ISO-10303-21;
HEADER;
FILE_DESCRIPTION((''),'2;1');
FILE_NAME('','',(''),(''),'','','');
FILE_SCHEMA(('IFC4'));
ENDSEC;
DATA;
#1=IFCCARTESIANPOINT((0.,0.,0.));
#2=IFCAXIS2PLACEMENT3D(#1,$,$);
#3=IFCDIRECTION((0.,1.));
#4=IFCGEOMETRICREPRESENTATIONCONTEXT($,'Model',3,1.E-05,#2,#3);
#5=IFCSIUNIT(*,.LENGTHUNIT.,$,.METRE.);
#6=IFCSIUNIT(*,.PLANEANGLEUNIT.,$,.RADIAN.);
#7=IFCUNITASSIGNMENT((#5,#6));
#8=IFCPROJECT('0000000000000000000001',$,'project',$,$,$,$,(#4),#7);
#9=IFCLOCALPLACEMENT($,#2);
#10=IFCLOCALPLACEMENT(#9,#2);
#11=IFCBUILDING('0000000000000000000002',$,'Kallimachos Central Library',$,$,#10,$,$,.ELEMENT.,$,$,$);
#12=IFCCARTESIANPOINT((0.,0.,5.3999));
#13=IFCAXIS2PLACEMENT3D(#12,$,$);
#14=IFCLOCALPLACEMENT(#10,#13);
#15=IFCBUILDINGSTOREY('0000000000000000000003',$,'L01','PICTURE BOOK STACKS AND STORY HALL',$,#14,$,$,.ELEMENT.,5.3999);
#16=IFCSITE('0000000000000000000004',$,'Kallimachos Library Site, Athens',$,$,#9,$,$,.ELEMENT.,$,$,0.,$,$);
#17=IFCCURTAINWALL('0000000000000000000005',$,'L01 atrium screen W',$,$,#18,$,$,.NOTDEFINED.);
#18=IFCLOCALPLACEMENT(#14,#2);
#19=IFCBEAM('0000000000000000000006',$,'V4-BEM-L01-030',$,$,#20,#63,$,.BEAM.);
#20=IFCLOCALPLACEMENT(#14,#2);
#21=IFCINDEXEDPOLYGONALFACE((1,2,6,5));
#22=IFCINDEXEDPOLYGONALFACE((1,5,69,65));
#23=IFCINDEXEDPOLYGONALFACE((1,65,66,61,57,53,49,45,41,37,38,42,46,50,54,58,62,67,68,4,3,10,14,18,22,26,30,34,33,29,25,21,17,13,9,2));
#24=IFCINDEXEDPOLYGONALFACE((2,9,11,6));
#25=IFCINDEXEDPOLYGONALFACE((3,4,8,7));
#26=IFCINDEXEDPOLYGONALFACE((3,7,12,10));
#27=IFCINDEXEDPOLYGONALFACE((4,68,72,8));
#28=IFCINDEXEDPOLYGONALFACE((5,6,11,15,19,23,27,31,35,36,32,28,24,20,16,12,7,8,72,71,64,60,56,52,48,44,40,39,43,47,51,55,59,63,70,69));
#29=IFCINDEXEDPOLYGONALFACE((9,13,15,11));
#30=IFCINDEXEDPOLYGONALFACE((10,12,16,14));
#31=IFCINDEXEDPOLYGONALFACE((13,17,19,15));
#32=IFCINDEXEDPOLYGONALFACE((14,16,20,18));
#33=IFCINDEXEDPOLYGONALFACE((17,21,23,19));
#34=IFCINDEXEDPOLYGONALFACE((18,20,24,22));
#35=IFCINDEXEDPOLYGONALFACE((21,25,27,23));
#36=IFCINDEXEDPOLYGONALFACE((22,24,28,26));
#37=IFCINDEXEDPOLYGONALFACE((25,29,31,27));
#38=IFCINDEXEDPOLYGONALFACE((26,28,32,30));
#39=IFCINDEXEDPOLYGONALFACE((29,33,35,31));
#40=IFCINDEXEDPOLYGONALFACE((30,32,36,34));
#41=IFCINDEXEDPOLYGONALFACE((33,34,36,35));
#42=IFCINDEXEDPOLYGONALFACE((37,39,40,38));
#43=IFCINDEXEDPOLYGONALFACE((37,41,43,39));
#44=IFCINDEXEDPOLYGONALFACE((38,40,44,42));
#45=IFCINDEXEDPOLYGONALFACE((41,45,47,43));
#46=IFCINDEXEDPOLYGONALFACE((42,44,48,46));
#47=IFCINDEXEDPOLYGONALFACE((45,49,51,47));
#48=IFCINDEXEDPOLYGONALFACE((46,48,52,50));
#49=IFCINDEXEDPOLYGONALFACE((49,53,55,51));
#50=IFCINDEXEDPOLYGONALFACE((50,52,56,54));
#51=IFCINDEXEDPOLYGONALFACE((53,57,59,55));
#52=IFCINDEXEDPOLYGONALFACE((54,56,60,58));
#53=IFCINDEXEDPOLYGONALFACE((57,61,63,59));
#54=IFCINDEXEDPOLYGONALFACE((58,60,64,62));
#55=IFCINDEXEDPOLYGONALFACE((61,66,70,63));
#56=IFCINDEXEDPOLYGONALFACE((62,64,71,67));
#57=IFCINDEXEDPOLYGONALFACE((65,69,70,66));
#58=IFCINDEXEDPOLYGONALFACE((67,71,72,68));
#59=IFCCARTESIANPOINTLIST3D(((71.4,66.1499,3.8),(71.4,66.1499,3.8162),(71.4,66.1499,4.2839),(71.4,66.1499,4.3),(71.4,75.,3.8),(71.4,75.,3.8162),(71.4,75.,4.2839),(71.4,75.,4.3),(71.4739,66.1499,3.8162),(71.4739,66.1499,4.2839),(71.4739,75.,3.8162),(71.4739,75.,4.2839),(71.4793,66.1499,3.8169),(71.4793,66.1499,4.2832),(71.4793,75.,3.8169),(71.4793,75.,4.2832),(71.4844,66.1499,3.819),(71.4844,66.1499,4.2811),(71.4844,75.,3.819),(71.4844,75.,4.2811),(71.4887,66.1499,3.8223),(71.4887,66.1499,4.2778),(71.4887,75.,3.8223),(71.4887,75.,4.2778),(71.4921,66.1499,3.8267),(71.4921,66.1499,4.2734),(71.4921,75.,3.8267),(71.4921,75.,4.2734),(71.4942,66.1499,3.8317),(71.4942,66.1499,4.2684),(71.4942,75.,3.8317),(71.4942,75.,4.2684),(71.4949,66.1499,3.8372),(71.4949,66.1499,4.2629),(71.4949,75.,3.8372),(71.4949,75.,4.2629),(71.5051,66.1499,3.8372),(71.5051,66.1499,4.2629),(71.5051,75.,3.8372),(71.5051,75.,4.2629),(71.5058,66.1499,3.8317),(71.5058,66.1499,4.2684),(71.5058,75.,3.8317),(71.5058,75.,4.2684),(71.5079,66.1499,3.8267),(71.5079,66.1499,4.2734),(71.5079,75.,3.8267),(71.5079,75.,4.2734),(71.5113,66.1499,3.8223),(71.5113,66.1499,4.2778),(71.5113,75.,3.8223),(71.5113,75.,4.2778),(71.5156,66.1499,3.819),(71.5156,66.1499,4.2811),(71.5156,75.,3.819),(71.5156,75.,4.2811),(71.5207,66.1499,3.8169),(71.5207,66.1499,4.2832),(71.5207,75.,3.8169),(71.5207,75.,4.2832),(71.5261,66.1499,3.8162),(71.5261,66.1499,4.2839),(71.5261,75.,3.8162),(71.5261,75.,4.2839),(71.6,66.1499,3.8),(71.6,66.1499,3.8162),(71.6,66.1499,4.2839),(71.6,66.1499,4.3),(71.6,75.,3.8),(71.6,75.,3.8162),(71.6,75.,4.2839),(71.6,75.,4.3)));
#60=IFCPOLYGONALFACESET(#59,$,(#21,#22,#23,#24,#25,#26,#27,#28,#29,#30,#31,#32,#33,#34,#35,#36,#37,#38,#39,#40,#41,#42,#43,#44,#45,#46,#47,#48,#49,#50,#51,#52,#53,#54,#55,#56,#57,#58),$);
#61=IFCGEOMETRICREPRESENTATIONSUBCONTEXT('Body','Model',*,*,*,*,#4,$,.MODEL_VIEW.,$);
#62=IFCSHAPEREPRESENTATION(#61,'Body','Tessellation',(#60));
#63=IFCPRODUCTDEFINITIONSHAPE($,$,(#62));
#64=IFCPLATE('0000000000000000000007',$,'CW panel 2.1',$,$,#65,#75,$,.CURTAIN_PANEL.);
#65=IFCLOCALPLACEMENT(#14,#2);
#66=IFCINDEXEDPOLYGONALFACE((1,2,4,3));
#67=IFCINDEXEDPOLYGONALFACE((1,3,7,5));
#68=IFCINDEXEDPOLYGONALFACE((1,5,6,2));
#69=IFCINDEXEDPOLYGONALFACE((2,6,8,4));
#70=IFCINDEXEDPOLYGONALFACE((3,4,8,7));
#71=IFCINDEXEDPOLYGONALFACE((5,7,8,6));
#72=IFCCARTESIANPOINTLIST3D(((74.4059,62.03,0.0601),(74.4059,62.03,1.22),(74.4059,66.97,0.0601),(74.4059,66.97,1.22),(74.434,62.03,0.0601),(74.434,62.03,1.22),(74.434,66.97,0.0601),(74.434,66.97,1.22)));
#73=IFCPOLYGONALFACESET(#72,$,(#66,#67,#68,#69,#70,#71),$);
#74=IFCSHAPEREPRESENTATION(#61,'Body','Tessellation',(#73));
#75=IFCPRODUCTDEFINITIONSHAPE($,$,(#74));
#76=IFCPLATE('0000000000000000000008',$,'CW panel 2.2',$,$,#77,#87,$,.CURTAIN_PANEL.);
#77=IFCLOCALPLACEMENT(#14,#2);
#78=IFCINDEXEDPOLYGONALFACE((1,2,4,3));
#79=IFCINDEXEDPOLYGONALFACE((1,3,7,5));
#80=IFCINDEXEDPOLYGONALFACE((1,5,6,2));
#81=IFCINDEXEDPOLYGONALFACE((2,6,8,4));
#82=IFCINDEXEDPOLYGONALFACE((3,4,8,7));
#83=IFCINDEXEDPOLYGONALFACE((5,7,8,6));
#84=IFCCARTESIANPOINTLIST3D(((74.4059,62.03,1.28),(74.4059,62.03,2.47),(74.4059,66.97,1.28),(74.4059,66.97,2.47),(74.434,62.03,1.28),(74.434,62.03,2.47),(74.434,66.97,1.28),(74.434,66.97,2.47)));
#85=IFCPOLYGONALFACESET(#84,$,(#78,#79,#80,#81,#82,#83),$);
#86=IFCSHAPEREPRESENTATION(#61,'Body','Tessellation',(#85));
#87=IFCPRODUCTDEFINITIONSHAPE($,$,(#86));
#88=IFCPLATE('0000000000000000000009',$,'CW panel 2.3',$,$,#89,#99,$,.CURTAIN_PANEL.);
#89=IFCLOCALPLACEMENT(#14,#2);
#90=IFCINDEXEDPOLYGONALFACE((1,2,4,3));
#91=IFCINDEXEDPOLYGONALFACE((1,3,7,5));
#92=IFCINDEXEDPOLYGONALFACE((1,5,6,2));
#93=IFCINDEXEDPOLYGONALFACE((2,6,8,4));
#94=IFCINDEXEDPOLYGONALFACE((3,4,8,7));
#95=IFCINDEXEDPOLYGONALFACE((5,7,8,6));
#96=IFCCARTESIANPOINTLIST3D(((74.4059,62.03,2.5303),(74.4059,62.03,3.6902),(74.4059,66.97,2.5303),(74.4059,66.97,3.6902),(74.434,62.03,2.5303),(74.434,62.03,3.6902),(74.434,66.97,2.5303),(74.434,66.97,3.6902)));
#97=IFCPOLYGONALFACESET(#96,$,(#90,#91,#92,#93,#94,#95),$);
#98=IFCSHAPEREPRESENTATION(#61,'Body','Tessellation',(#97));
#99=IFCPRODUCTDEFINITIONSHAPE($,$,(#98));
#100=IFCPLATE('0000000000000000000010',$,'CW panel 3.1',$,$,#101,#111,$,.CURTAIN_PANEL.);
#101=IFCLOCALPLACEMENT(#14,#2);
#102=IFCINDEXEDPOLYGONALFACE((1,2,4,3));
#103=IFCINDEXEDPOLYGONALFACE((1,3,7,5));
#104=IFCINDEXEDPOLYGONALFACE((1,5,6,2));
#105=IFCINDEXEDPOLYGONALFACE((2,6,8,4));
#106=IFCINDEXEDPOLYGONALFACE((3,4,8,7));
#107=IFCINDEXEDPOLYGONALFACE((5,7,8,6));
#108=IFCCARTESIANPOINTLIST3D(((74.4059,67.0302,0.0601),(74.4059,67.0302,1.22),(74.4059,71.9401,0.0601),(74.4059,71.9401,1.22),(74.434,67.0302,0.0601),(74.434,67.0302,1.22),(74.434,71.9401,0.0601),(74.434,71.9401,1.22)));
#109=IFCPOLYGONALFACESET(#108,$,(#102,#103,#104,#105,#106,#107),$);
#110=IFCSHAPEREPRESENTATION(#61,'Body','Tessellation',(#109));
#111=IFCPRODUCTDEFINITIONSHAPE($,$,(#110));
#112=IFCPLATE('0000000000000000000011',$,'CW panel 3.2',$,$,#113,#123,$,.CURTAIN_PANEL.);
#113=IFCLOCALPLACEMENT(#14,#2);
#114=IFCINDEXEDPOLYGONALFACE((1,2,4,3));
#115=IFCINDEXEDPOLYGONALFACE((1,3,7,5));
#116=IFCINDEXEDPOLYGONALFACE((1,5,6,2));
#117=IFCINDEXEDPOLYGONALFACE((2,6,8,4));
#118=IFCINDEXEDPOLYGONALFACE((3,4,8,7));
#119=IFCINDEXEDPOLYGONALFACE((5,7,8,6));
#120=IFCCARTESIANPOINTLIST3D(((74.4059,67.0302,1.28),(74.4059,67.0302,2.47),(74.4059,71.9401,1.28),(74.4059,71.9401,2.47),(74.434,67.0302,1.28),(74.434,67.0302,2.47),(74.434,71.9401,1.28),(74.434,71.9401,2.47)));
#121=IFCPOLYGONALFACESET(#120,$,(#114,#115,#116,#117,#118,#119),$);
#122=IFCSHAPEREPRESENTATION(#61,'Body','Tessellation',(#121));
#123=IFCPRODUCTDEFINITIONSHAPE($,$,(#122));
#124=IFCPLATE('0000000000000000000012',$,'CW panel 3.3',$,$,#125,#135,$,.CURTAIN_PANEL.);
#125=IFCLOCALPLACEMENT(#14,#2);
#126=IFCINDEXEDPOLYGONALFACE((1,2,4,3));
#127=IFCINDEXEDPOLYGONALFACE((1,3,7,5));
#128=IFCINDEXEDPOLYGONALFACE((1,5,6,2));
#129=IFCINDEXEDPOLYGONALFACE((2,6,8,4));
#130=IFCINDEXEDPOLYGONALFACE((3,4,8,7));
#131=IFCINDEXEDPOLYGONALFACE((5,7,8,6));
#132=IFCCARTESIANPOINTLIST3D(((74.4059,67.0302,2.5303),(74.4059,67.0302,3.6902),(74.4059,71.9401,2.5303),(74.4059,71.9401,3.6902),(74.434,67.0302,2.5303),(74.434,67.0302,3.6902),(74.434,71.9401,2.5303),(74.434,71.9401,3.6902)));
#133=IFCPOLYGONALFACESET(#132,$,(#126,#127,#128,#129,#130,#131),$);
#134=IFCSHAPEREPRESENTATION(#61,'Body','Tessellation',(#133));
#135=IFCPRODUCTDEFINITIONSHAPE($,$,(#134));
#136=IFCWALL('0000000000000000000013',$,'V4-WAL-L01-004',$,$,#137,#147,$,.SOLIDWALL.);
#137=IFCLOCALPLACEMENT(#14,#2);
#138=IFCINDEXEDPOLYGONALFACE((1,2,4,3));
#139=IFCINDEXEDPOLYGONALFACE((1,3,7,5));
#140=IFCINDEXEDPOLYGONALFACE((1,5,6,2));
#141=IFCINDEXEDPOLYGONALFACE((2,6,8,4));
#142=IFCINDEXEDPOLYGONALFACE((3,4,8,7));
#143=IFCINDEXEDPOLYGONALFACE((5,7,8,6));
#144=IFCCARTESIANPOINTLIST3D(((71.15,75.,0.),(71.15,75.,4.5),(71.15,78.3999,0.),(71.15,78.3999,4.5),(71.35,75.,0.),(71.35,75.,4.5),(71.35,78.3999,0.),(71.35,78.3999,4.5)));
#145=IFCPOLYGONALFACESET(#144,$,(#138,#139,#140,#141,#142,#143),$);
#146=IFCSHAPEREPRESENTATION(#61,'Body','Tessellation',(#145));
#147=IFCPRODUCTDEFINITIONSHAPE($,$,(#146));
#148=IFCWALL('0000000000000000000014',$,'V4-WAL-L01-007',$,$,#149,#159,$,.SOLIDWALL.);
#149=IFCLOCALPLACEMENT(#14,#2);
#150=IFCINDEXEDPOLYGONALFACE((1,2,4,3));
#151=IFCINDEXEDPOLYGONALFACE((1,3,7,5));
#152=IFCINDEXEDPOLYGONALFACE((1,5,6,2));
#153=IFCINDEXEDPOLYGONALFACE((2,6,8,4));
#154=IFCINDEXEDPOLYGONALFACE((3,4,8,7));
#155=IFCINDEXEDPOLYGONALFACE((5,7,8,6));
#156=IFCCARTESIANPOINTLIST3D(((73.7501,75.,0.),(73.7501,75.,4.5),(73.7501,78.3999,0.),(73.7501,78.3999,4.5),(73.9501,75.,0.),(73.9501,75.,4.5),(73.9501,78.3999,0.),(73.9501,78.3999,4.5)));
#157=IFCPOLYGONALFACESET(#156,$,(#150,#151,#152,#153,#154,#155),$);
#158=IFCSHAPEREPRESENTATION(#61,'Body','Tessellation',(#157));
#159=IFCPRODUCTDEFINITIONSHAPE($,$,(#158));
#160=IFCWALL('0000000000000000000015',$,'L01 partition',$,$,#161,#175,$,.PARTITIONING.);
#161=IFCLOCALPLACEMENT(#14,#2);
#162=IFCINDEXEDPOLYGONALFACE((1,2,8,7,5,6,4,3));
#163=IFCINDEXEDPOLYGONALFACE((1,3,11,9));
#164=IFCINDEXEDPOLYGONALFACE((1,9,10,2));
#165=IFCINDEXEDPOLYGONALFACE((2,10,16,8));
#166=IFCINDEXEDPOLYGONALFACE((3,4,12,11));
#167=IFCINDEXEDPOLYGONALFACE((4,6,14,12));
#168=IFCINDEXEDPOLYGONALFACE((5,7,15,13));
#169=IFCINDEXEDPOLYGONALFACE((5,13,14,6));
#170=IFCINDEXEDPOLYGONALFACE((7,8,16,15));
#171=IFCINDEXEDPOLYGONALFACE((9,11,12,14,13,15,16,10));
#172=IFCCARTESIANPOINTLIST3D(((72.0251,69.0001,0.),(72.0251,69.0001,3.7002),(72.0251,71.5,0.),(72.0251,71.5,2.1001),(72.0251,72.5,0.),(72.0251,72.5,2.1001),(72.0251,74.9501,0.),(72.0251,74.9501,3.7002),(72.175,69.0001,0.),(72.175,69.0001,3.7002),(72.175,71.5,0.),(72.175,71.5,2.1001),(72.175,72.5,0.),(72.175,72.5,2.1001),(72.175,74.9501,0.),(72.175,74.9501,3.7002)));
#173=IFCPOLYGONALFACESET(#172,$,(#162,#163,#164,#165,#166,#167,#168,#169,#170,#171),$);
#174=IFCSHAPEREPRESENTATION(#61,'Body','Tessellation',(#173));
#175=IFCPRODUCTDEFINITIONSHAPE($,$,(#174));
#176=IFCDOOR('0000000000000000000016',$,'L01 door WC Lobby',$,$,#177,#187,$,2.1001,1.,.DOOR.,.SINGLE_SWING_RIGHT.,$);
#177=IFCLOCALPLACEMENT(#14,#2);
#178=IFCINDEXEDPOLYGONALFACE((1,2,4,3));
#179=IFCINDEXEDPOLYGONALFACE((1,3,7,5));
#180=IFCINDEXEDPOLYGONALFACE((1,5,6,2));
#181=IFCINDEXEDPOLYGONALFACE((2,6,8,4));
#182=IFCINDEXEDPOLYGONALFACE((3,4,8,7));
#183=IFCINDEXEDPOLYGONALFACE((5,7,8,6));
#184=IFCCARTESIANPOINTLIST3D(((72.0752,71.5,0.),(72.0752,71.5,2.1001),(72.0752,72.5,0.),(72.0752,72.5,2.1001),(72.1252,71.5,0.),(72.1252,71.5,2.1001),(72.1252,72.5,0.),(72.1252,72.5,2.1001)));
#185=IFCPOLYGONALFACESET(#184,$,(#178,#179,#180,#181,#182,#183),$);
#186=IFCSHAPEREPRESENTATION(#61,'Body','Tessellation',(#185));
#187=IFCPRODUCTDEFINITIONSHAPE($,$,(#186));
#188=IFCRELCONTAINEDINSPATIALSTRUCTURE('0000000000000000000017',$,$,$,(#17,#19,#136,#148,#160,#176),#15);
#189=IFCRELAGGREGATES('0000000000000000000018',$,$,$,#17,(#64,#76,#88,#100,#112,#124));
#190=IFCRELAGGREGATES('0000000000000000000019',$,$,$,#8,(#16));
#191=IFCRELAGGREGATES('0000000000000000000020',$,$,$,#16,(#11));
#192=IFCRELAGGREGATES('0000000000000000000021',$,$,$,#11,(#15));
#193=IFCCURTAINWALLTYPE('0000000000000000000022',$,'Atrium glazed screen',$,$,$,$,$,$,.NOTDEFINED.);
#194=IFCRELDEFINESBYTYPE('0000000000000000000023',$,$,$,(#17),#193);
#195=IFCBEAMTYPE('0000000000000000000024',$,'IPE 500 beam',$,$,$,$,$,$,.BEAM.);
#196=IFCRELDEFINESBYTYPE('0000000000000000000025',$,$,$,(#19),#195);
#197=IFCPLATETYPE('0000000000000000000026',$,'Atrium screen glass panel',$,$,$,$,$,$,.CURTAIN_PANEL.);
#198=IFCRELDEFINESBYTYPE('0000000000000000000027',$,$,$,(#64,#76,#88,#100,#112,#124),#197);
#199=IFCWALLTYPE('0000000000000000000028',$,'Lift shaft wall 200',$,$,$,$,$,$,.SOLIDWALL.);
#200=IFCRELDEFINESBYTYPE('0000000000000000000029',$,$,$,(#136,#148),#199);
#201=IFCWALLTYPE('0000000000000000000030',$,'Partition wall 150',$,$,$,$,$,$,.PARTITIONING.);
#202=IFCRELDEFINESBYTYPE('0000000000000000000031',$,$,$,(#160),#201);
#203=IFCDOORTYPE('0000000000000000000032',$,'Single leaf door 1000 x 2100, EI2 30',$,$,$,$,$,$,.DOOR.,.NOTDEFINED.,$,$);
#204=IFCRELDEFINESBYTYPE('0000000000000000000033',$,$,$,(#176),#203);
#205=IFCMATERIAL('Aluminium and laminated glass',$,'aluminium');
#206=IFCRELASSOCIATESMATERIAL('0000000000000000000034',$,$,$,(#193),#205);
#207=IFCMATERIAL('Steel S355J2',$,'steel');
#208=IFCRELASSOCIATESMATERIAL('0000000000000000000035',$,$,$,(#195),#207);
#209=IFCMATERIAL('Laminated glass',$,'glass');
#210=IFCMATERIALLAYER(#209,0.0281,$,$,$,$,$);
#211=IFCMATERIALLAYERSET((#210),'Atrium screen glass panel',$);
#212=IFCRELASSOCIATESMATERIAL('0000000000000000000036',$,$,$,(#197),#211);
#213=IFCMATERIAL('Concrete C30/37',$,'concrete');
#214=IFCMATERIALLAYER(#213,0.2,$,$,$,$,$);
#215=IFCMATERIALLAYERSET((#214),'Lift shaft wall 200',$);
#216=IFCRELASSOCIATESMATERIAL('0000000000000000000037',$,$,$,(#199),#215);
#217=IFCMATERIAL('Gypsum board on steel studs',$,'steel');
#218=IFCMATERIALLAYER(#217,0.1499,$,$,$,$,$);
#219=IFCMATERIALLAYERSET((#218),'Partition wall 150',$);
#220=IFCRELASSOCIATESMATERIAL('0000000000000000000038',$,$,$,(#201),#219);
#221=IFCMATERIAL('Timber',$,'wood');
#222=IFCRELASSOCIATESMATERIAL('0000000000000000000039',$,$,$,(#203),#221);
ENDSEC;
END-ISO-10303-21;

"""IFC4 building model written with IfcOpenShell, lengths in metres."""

from ifc_helpers import new_model, si_unit, direction, frame, frame_2d, origin, origin_2d, place, context, subcontext, project, spatial, rectangle, i_section, extrude, material, layer, layer_set, material_profile, profile_set, type_object, element, fill, aggregate, save


model = new_model("IFC4")

# Units and contexts
model_context = context("Model", 3, precision=1e-05, world=origin(), true_north=direction((0.0, 1.0)))
body_context = subcontext(model_context, "Body", "Model", "MODEL_VIEW")
ifc_project = project(units=[si_unit("LENGTHUNIT", "METRE"), si_unit("PLANEANGLEUNIT", "RADIAN")], contexts=[model_context])

# Site, building, storey
site_placement = place(None, origin())
site = spatial("IfcSite", under=ifc_project, at=site_placement, Name="Kallimachos Library Site, Athens", CompositionType="ELEMENT", RefElevation=0.0)
building_placement = place(site_placement, origin())
building = spatial("IfcBuilding", under=site, at=building_placement, Name="Kallimachos Central Library", CompositionType="ELEMENT")
storey_placement = place(building_placement, frame((0.0, 0.0, 5.3999)))
storey = spatial("IfcBuildingStorey", under=building, at=storey_placement, Name="L01", Description="PICTURE BOOK STACKS AND STORY HALL", CompositionType="ELEMENT", Elevation=5.3999)

# Curtain wall
ifc_material_1 = material(Name="Aluminium and laminated glass", Category="aluminium")
curtain_wall_type = type_object("IfcCurtainWallType", Name="Atrium glazed screen", PredefinedType="NOTDEFINED", material=ifc_material_1)
curtain_wall_placement = place(storey_placement, origin())
curtain_wall = element("IfcCurtainWall", 1, at=curtain_wall_placement, inside=storey, type_object=curtain_wall_type, Name="L01 atrium screen W", PredefinedType="NOTDEFINED")

# Beam
ifc_material_2 = material(Name="Steel S355J2", Category="steel")
ifc_material_profile_1 = material_profile(ifc_material_2, i_section(OverallWidth=0.2, OverallDepth=0.5, WebThickness=0.0103, FlangeThickness=0.0161, FilletRadius=0.021, at=origin_2d()), Name="IPE 500")
ifc_profile_set_1 = profile_set([ifc_material_profile_1], Name="Steel S355J2")
beam_type_1 = type_object("IfcBeamType", Name="IPE 500 beam", PredefinedType="BEAM", material=ifc_profile_set_1)
beam_1_placement = place(storey_placement, frame((71.5, 66.1499, 4.05), z_axis=(0.0, 1.0, 0.0), x_axis=(-1.0, 0.0, 0.0)))
element("IfcBeam", 2, at=beam_1_placement, inside=storey, type_object=beam_type_1, Name="V4-BEM-L01-030", PredefinedType="BEAM", context=body_context, shape_type="SweptSolid", body=[
    extrude(i_section(OverallWidth=0.2, OverallDepth=0.5, WebThickness=0.0103, FlangeThickness=0.0161, FilletRadius=0.021, at=origin_2d()), origin(), (0.0, 0.0, 1.0), 8.8501),
])

# Plates
ifc_material_3 = material(Name="Laminated glass", Category="glass")
ifc_layer_1 = layer(ifc_material_3, 0.0281)
ifc_layer_set_1 = layer_set([ifc_layer_1], Name="Atrium screen glass panel")
plate_type = type_object("IfcPlateType", Name="Atrium screen glass panel", PredefinedType="CURTAIN_PANEL", material=ifc_layer_set_1)
plate_1_placement = place(storey_placement, frame((74.4199, 64.5, 0.0601), z_axis=(0.0, 0.0, 1.0), x_axis=(0.0, 1.0, 0.0)))
plate_1 = element("IfcPlate", 3, at=plate_1_placement, type_object=plate_type, Name="CW panel 2.1", PredefinedType="CURTAIN_PANEL", context=body_context, shape_type="SweptSolid", body=[
    extrude(rectangle(XDim=4.9399, YDim=0.0281, at=origin_2d()), origin(), (0.0, 0.0, 1.0), 1.1599),
])
plate_2_placement = place(storey_placement, frame((74.4199, 64.5, 1.28), z_axis=(0.0, 0.0, 1.0), x_axis=(0.0, 1.0, 0.0)))
plate_2 = element("IfcPlate", 4, at=plate_2_placement, type_object=plate_type, Name="CW panel 2.2", PredefinedType="CURTAIN_PANEL", context=body_context, shape_type="SweptSolid", body=[
    extrude(rectangle(XDim=4.9399, YDim=0.0281, at=origin_2d()), origin(), (0.0, 0.0, 1.0), 1.1899),
])
plate_3_placement = place(storey_placement, frame((74.4199, 64.5, 2.5303), z_axis=(0.0, 0.0, 1.0), x_axis=(0.0, 1.0, 0.0)))
plate_3 = element("IfcPlate", 5, at=plate_3_placement, type_object=plate_type, Name="CW panel 2.3", PredefinedType="CURTAIN_PANEL", context=body_context, shape_type="SweptSolid", body=[
    extrude(rectangle(XDim=4.9399, YDim=0.0281, at=origin_2d()), origin(), (0.0, 0.0, 1.0), 1.1599),
])
plate_4_placement = place(storey_placement, frame((74.4199, 69.4851, 0.0601), z_axis=(0.0, 0.0, 1.0), x_axis=(0.0, 1.0, 0.0)))
plate_4 = element("IfcPlate", 6, at=plate_4_placement, type_object=plate_type, Name="CW panel 3.1", PredefinedType="CURTAIN_PANEL", context=body_context, shape_type="SweptSolid", body=[
    extrude(rectangle(XDim=4.9099, YDim=0.0281, at=origin_2d()), origin(), (0.0, 0.0, 1.0), 1.1599),
])
plate_5_placement = place(storey_placement, frame((74.4199, 69.4851, 1.28), z_axis=(0.0, 0.0, 1.0), x_axis=(0.0, 1.0, 0.0)))
plate_5 = element("IfcPlate", 7, at=plate_5_placement, type_object=plate_type, Name="CW panel 3.2", PredefinedType="CURTAIN_PANEL", context=body_context, shape_type="SweptSolid", body=[
    extrude(rectangle(XDim=4.9099, YDim=0.0281, at=origin_2d()), origin(), (0.0, 0.0, 1.0), 1.1899),
])
plate_6_placement = place(storey_placement, frame((74.4199, 69.4851, 2.5303), z_axis=(0.0, 0.0, 1.0), x_axis=(0.0, 1.0, 0.0)))
plate_6 = element("IfcPlate", 8, at=plate_6_placement, type_object=plate_type, Name="CW panel 3.3", PredefinedType="CURTAIN_PANEL", context=body_context, shape_type="SweptSolid", body=[
    extrude(rectangle(XDim=4.9099, YDim=0.0281, at=origin_2d()), origin(), (0.0, 0.0, 1.0), 1.1599),
])
aggregate(curtain_wall, [plate_1, plate_2, plate_3, plate_4, plate_5, plate_6])

# Walls
ifc_material_4 = material(Name="Concrete C30/37", Category="concrete")
ifc_layer_2 = layer(ifc_material_4, 0.2)
ifc_layer_set_2 = layer_set([ifc_layer_2], Name="Lift shaft wall 200")
wall_type_1 = type_object("IfcWallType", Name="Lift shaft wall 200", PredefinedType="SOLIDWALL", material=ifc_layer_set_2)
for number, where, z_axis, x_axis, name in (
    (9, (71.25, 75.0, 0.0), (0.0, 0.0, 1.0), (0.0, 1.0, 0.0), "V4-WAL-L01-004"),
    (10, (73.8501, 75.0, 0.0), (0.0, 0.0, 1.0), (0.0, 1.0, 0.0), "V4-WAL-L01-007"),
):
    element("IfcWall", number, at=place(storey_placement, frame(where, z_axis=z_axis, x_axis=x_axis)), inside=storey, type_object=wall_type_1, Name=name, PredefinedType="SOLIDWALL", context=body_context, shape_type="SweptSolid", body=[
        extrude(rectangle(XDim=3.3999, YDim=0.2, at=frame_2d((1.7, 0.0))), origin(), (0.0, 0.0, 1.0), 4.5),
    ])

# Wall, opening, door
ifc_material_5 = material(Name="Gypsum board on steel studs", Category="steel")
ifc_layer_3 = layer(ifc_material_5, 0.1499)
ifc_layer_set_3 = layer_set([ifc_layer_3], Name="Partition wall 150")
wall_type_2 = type_object("IfcWallType", Name="Partition wall 150", PredefinedType="PARTITIONING", material=ifc_layer_set_3)
wall_placement = place(storey_placement, frame((72.1001, 69.0, 0.0), z_axis=(0.0, 0.0, 1.0), x_axis=(0.0, 1.0, 0.0)))
wall = element("IfcWall", 11, at=wall_placement, inside=storey, type_object=wall_type_2, Name="L01 partition", PredefinedType="PARTITIONING", context=body_context, shape_type="SweptSolid", body=[
    extrude(rectangle(XDim=5.95, YDim=0.1499, at=frame_2d((2.9751, 0.0))), origin(), (0.0, 0.0, 1.0), 3.7002),
])
opening_placement = place(wall_placement, frame((2.5, 0.0, 0.0)))
opening = element("IfcOpeningElement", 12, at=opening_placement, cuts=wall, PredefinedType="OPENING", context=body_context, shape_type="SweptSolid", body=[
    extrude(rectangle(XDim=1.0, YDim=2.1001, at=frame_2d((0.5, 1.05))), frame((0.0, 0.085, 0.0), z_axis=(0.0, -1.0, 0.0), x_axis=(1.0, 0.0, 0.0)), (0.0, 0.0, 1.0), 0.1699),
])
ifc_material_6 = material(Name="Timber", Category="wood")
door_type = type_object("IfcDoorType", Name="Single leaf door 1000 x 2100, EI2 30", OperationType="NOTDEFINED", PredefinedType="DOOR", material=ifc_material_6)
door_placement = place(opening_placement, origin())
door = element("IfcDoor", 13, at=door_placement, inside=storey, type_object=door_type, Name="L01 door WC Lobby", OperationType="SINGLE_SWING_RIGHT", OverallHeight=2.1001, OverallWidth=1.0, PredefinedType="DOOR", context=body_context, shape_type="SweptSolid", body=[
    extrude(rectangle(XDim=1.0, YDim=2.1001, at=frame_2d((0.5, 1.05))), frame((0.0, 0.0249, 0.0), z_axis=(0.0, -1.0, 0.0), x_axis=(1.0, 0.0, 0.0)), (0.0, 0.0, 1.0), 0.05),
])
fill(opening, door)

save(model, "model.ifc")
